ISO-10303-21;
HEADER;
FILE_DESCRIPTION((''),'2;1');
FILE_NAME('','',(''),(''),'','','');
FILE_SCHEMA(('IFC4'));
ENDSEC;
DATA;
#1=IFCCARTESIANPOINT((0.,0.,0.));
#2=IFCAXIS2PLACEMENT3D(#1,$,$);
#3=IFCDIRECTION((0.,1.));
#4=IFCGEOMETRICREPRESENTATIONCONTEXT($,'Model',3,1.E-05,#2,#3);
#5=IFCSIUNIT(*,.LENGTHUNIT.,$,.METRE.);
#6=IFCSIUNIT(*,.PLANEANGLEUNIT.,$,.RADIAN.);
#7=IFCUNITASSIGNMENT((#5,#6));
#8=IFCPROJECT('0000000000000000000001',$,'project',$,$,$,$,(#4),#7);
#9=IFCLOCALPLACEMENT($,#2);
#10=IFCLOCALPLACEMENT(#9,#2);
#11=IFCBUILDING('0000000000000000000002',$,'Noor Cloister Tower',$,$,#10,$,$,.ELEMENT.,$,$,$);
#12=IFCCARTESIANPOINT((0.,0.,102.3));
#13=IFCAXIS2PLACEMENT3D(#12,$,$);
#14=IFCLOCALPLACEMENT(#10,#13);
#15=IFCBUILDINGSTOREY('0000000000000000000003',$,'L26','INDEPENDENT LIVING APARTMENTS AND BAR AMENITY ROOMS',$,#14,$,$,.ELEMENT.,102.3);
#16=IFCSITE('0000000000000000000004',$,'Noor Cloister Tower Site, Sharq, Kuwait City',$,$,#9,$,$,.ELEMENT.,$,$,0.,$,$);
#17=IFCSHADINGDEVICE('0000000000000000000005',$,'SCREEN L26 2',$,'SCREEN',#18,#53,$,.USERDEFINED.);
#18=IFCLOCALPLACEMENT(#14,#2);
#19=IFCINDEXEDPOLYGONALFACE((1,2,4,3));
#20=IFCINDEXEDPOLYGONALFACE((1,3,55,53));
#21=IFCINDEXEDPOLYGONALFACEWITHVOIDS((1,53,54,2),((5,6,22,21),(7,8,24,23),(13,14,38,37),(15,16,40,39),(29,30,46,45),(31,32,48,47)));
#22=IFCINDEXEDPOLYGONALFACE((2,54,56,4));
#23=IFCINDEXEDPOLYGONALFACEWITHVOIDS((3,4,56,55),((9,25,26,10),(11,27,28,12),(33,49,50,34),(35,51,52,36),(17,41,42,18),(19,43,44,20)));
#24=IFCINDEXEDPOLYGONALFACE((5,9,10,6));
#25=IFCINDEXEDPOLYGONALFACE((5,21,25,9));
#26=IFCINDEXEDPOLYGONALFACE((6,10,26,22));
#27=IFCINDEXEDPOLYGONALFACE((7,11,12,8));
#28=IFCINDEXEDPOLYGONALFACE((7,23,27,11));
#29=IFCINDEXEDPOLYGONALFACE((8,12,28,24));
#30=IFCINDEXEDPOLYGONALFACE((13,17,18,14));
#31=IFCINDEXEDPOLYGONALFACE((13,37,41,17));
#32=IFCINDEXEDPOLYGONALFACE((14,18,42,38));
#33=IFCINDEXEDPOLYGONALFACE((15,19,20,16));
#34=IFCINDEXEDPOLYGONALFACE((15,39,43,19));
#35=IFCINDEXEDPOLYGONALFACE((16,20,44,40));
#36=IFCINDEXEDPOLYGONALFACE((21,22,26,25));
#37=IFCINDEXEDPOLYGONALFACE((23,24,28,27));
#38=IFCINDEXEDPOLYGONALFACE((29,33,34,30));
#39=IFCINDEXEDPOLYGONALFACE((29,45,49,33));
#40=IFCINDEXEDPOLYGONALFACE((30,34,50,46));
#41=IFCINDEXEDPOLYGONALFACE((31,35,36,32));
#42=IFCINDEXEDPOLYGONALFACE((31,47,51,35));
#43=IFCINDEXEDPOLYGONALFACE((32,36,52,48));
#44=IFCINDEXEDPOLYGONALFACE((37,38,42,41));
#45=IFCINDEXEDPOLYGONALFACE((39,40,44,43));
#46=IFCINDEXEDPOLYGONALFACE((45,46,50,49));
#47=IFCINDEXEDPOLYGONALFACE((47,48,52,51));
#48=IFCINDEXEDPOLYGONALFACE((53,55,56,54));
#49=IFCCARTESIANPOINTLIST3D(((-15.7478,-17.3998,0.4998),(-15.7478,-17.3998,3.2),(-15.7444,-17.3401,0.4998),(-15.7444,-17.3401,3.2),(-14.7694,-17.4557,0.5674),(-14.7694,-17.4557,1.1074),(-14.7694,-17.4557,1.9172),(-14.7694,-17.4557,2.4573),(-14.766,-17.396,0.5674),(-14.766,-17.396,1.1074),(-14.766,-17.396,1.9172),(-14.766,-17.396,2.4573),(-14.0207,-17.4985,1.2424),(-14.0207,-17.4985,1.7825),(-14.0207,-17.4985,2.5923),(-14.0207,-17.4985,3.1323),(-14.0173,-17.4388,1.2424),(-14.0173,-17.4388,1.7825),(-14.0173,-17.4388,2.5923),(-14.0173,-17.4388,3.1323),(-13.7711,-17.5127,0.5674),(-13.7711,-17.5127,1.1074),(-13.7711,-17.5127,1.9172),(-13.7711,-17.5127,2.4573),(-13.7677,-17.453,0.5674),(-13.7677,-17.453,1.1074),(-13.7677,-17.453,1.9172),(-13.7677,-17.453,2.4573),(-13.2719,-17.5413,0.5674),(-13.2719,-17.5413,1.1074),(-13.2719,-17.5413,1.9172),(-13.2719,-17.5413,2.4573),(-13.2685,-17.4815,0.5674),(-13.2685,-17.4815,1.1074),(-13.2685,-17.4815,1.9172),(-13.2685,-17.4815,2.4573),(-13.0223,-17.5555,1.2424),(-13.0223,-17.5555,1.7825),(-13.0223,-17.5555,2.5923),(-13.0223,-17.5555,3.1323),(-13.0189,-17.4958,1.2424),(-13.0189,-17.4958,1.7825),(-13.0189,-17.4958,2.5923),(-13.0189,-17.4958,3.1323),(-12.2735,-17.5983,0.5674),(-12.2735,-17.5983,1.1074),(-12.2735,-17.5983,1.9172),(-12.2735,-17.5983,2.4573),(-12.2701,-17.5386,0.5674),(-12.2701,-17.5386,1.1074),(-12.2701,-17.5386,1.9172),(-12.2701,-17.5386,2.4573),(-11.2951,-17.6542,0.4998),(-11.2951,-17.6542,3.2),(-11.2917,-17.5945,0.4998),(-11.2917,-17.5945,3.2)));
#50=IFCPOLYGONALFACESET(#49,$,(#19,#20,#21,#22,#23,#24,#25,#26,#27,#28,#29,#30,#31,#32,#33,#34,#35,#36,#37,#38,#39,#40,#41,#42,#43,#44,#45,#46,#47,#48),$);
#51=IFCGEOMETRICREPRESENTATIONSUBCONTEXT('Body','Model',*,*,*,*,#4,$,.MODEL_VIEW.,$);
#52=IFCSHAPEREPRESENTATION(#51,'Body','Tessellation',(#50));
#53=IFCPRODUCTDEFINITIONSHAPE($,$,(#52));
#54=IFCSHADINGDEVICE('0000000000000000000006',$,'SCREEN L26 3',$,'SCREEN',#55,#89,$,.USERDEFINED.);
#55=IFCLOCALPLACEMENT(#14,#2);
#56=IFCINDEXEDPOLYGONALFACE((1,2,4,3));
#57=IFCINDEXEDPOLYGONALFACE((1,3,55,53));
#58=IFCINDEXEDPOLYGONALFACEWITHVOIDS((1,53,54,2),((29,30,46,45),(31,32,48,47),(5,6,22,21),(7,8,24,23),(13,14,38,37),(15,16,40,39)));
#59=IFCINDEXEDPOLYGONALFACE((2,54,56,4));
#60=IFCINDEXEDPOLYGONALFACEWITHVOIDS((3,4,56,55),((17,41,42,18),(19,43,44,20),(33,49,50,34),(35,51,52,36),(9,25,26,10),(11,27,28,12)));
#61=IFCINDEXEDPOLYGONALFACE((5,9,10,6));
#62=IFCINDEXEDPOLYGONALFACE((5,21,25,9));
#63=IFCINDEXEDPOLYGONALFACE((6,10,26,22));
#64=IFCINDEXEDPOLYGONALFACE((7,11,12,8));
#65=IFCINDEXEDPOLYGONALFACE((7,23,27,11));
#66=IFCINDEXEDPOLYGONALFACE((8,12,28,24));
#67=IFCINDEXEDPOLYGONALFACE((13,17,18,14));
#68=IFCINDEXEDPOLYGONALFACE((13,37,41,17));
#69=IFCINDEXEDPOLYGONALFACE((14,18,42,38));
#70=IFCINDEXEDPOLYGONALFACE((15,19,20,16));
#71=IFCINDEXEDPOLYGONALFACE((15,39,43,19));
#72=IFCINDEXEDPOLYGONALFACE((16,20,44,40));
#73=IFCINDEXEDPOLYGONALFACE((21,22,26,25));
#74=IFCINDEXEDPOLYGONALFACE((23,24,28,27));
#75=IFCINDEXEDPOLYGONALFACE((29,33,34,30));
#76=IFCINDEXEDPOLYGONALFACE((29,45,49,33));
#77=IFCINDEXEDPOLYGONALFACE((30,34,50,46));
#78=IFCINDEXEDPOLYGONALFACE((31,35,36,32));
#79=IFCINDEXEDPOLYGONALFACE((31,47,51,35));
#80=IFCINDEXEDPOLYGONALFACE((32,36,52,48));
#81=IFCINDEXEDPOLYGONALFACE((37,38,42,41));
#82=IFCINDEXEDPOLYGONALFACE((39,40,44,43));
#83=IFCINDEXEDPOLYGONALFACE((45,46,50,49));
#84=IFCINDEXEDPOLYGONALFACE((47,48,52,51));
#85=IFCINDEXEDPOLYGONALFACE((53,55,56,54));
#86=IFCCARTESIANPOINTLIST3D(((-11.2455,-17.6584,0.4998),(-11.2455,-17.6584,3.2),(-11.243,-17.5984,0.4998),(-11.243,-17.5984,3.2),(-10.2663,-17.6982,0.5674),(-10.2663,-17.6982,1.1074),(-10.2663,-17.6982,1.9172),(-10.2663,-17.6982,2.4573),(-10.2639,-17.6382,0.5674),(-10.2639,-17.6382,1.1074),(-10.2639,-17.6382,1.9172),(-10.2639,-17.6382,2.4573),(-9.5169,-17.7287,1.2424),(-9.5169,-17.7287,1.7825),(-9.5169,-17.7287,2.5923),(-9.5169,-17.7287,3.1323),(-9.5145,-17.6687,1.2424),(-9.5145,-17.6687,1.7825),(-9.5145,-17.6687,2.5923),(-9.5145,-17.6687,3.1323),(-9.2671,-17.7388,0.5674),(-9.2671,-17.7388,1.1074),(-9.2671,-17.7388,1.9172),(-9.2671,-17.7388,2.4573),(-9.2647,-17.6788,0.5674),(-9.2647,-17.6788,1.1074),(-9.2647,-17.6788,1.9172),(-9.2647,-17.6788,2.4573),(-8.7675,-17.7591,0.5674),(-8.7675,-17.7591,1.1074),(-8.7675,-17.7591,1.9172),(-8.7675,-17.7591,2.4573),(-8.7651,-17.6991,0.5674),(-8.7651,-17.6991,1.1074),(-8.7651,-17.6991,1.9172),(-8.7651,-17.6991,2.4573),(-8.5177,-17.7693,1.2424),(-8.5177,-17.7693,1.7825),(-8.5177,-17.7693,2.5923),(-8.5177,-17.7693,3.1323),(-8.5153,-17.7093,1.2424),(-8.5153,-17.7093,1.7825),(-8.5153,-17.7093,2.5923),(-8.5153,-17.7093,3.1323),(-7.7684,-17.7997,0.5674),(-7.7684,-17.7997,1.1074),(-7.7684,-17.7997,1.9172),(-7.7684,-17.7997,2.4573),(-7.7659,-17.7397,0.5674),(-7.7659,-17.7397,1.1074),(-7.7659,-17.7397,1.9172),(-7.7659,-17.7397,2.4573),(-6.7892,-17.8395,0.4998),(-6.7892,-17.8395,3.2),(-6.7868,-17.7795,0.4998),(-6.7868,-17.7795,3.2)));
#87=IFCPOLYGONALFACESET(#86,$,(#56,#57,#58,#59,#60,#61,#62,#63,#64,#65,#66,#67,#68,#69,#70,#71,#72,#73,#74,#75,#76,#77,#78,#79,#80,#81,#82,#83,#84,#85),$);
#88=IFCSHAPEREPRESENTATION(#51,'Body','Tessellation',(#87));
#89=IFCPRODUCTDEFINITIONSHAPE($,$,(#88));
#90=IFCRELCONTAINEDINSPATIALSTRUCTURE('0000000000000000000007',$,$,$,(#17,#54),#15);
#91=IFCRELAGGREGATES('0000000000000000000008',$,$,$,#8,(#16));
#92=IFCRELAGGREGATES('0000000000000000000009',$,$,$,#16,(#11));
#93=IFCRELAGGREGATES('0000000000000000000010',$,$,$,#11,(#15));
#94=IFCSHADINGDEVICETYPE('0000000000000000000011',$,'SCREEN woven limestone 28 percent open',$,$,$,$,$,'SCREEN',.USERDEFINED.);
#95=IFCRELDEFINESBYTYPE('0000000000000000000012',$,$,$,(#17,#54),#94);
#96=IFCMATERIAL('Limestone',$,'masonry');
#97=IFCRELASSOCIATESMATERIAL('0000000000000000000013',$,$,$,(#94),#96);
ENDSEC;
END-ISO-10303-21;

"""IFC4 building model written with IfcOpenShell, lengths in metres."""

from ifc_helpers import new_model, si_unit, direction, frame, origin, place, context, subcontext, project, spatial, polyline, outline, extrude, material, material_profile, profile_set, type_object, element, save


model = new_model("IFC4")

# Units and contexts
model_context = context("Model", 3, precision=1e-05, world=origin(), true_north=direction((0.0, 1.0)))
body_context = subcontext(model_context, "Body", "Model", "MODEL_VIEW")
ifc_project = project(units=[si_unit("LENGTHUNIT", "METRE"), si_unit("PLANEANGLEUNIT", "RADIAN")], contexts=[model_context])

# Site, building, storey
site_placement = place(None, origin())
site = spatial("IfcSite", under=ifc_project, at=site_placement, Name="Noor Cloister Tower Site, Sharq, Kuwait City", CompositionType="ELEMENT", RefElevation=0.0)
building_placement = place(site_placement, origin())
building = spatial("IfcBuilding", under=site, at=building_placement, Name="Noor Cloister Tower", CompositionType="ELEMENT")
storey_placement = place(building_placement, frame((0.0, 0.0, 102.3)))
storey = spatial("IfcBuildingStorey", under=building, at=storey_placement, Name="L26", Description="INDEPENDENT LIVING APARTMENTS AND BAR AMENITY ROOMS", CompositionType="ELEMENT", Elevation=102.3)

# Shading devices
ifc_material_1 = material(Name="Limestone", Category="masonry")
ifc_material_profile_1 = material_profile(ifc_material_1, outline(polyline([(-2.23, -1.3501), (2.23, -1.3501), (2.23, 1.3501), (-2.23, 1.3501), (-2.23, -1.3501)]), holes=[polyline([(-1.25, -1.2825), (-0.25, -1.2825), (-0.25, -0.7424), (-1.25, -0.7424), (-1.25, -1.2825)]), polyline([(0.25, -1.2825), (1.25, -1.2825), (1.25, -0.7424), (0.25, -0.7424), (0.25, -1.2825)]), polyline([(-0.5, -0.6074), (0.5, -0.6074), (0.5, -0.0674), (-0.5, -0.0674), (-0.5, -0.6074)]), polyline([(-1.25, 0.0674), (-0.25, 0.0674), (-0.25, 0.6074), (-1.25, 0.6074), (-1.25, 0.0674)]), polyline([(0.25, 0.0674), (1.25, 0.0674), (1.25, 0.6074), (0.25, 0.6074), (0.25, 0.0674)]), polyline([(-0.5, 0.7424), (0.5, 0.7424), (0.5, 1.2825), (-0.5, 1.2825), (-0.5, 0.7424)])]), Name="Woven screen 28 percent open")
ifc_profile_set_1 = profile_set([ifc_material_profile_1], Name="Limestone")
shading_device_type = type_object("IfcShadingDeviceType", Name="SCREEN woven limestone 28 percent open", ElementType="SCREEN", PredefinedType="USERDEFINED", material=ifc_profile_set_1)
shading_device_1_placement = place(storey_placement, frame((-13.5181, -17.4673, 1.8499), z_axis=(-0.05705, -0.998371, 0.0), x_axis=(0.998371, -0.05705, 0.0)))
element("IfcShadingDevice", 1, at=shading_device_1_placement, inside=storey, type_object=shading_device_type, Name="SCREEN L26 2", ObjectType="SCREEN", PredefinedType="USERDEFINED", context=body_context, shape_type="SweptSolid", body=[
    extrude(outline(polyline([(-2.23, -1.3501), (2.23, -1.3501), (2.23, 1.3501), (-2.23, 1.3501), (-2.23, -1.3501)]), holes=[polyline([(-1.25, -1.2825), (-0.25, -1.2825), (-0.25, -0.7424), (-1.25, -0.7424), (-1.25, -1.2825)]), polyline([(0.25, -1.2825), (1.25, -1.2825), (1.25, -0.7424), (0.25, -0.7424), (0.25, -1.2825)]), polyline([(-0.5, -0.6074), (0.5, -0.6074), (0.5, -0.0674), (-0.5, -0.0674), (-0.5, -0.6074)]), polyline([(-1.25, 0.0674), (-0.25, 0.0674), (-0.25, 0.6074), (-1.25, 0.6074), (-1.25, 0.0674)]), polyline([(0.25, 0.0674), (1.25, 0.0674), (1.25, 0.6074), (0.25, 0.6074), (0.25, 0.0674)]), polyline([(-0.5, 0.7424), (0.5, 0.7424), (0.5, 1.2825), (-0.5, 1.2825), (-0.5, 0.7424)])]), origin(), (0.0, 0.0, 1.0), 0.0598),
])
shading_device_2_placement = place(storey_placement, frame((-9.0149, -17.689, 1.8499), z_axis=(-0.040617, -0.999175, 0.0), x_axis=(0.999175, -0.040617, 0.0)))
element("IfcShadingDevice", 2, at=shading_device_2_placement, inside=storey, type_object=shading_device_type, Name="SCREEN L26 3", ObjectType="SCREEN", PredefinedType="USERDEFINED", context=body_context, shape_type="SweptSolid", body=[
    extrude(outline(polyline([(-2.23, -1.3501), (2.23, -1.3501), (2.23, 1.3501), (-2.23, 1.3501), (-2.23, -1.3501)]), holes=[polyline([(-1.25, -1.2825), (-0.25, -1.2825), (-0.25, -0.7424), (-1.25, -0.7424), (-1.25, -1.2825)]), polyline([(0.25, -1.2825), (1.25, -1.2825), (1.25, -0.7424), (0.25, -0.7424), (0.25, -1.2825)]), polyline([(-0.5, -0.6074), (0.5, -0.6074), (0.5, -0.0674), (-0.5, -0.0674), (-0.5, -0.6074)]), polyline([(-1.25, 0.0674), (-0.25, 0.0674), (-0.25, 0.6074), (-1.25, 0.6074), (-1.25, 0.0674)]), polyline([(0.25, 0.0674), (1.25, 0.0674), (1.25, 0.6074), (0.25, 0.6074), (0.25, 0.0674)]), polyline([(-0.5, 0.7424), (0.5, 0.7424), (0.5, 1.2825), (-0.5, 1.2825), (-0.5, 0.7424)])]), origin(), (0.0, 0.0, 1.0), 0.0601),
])

save(model, "model.ifc")
